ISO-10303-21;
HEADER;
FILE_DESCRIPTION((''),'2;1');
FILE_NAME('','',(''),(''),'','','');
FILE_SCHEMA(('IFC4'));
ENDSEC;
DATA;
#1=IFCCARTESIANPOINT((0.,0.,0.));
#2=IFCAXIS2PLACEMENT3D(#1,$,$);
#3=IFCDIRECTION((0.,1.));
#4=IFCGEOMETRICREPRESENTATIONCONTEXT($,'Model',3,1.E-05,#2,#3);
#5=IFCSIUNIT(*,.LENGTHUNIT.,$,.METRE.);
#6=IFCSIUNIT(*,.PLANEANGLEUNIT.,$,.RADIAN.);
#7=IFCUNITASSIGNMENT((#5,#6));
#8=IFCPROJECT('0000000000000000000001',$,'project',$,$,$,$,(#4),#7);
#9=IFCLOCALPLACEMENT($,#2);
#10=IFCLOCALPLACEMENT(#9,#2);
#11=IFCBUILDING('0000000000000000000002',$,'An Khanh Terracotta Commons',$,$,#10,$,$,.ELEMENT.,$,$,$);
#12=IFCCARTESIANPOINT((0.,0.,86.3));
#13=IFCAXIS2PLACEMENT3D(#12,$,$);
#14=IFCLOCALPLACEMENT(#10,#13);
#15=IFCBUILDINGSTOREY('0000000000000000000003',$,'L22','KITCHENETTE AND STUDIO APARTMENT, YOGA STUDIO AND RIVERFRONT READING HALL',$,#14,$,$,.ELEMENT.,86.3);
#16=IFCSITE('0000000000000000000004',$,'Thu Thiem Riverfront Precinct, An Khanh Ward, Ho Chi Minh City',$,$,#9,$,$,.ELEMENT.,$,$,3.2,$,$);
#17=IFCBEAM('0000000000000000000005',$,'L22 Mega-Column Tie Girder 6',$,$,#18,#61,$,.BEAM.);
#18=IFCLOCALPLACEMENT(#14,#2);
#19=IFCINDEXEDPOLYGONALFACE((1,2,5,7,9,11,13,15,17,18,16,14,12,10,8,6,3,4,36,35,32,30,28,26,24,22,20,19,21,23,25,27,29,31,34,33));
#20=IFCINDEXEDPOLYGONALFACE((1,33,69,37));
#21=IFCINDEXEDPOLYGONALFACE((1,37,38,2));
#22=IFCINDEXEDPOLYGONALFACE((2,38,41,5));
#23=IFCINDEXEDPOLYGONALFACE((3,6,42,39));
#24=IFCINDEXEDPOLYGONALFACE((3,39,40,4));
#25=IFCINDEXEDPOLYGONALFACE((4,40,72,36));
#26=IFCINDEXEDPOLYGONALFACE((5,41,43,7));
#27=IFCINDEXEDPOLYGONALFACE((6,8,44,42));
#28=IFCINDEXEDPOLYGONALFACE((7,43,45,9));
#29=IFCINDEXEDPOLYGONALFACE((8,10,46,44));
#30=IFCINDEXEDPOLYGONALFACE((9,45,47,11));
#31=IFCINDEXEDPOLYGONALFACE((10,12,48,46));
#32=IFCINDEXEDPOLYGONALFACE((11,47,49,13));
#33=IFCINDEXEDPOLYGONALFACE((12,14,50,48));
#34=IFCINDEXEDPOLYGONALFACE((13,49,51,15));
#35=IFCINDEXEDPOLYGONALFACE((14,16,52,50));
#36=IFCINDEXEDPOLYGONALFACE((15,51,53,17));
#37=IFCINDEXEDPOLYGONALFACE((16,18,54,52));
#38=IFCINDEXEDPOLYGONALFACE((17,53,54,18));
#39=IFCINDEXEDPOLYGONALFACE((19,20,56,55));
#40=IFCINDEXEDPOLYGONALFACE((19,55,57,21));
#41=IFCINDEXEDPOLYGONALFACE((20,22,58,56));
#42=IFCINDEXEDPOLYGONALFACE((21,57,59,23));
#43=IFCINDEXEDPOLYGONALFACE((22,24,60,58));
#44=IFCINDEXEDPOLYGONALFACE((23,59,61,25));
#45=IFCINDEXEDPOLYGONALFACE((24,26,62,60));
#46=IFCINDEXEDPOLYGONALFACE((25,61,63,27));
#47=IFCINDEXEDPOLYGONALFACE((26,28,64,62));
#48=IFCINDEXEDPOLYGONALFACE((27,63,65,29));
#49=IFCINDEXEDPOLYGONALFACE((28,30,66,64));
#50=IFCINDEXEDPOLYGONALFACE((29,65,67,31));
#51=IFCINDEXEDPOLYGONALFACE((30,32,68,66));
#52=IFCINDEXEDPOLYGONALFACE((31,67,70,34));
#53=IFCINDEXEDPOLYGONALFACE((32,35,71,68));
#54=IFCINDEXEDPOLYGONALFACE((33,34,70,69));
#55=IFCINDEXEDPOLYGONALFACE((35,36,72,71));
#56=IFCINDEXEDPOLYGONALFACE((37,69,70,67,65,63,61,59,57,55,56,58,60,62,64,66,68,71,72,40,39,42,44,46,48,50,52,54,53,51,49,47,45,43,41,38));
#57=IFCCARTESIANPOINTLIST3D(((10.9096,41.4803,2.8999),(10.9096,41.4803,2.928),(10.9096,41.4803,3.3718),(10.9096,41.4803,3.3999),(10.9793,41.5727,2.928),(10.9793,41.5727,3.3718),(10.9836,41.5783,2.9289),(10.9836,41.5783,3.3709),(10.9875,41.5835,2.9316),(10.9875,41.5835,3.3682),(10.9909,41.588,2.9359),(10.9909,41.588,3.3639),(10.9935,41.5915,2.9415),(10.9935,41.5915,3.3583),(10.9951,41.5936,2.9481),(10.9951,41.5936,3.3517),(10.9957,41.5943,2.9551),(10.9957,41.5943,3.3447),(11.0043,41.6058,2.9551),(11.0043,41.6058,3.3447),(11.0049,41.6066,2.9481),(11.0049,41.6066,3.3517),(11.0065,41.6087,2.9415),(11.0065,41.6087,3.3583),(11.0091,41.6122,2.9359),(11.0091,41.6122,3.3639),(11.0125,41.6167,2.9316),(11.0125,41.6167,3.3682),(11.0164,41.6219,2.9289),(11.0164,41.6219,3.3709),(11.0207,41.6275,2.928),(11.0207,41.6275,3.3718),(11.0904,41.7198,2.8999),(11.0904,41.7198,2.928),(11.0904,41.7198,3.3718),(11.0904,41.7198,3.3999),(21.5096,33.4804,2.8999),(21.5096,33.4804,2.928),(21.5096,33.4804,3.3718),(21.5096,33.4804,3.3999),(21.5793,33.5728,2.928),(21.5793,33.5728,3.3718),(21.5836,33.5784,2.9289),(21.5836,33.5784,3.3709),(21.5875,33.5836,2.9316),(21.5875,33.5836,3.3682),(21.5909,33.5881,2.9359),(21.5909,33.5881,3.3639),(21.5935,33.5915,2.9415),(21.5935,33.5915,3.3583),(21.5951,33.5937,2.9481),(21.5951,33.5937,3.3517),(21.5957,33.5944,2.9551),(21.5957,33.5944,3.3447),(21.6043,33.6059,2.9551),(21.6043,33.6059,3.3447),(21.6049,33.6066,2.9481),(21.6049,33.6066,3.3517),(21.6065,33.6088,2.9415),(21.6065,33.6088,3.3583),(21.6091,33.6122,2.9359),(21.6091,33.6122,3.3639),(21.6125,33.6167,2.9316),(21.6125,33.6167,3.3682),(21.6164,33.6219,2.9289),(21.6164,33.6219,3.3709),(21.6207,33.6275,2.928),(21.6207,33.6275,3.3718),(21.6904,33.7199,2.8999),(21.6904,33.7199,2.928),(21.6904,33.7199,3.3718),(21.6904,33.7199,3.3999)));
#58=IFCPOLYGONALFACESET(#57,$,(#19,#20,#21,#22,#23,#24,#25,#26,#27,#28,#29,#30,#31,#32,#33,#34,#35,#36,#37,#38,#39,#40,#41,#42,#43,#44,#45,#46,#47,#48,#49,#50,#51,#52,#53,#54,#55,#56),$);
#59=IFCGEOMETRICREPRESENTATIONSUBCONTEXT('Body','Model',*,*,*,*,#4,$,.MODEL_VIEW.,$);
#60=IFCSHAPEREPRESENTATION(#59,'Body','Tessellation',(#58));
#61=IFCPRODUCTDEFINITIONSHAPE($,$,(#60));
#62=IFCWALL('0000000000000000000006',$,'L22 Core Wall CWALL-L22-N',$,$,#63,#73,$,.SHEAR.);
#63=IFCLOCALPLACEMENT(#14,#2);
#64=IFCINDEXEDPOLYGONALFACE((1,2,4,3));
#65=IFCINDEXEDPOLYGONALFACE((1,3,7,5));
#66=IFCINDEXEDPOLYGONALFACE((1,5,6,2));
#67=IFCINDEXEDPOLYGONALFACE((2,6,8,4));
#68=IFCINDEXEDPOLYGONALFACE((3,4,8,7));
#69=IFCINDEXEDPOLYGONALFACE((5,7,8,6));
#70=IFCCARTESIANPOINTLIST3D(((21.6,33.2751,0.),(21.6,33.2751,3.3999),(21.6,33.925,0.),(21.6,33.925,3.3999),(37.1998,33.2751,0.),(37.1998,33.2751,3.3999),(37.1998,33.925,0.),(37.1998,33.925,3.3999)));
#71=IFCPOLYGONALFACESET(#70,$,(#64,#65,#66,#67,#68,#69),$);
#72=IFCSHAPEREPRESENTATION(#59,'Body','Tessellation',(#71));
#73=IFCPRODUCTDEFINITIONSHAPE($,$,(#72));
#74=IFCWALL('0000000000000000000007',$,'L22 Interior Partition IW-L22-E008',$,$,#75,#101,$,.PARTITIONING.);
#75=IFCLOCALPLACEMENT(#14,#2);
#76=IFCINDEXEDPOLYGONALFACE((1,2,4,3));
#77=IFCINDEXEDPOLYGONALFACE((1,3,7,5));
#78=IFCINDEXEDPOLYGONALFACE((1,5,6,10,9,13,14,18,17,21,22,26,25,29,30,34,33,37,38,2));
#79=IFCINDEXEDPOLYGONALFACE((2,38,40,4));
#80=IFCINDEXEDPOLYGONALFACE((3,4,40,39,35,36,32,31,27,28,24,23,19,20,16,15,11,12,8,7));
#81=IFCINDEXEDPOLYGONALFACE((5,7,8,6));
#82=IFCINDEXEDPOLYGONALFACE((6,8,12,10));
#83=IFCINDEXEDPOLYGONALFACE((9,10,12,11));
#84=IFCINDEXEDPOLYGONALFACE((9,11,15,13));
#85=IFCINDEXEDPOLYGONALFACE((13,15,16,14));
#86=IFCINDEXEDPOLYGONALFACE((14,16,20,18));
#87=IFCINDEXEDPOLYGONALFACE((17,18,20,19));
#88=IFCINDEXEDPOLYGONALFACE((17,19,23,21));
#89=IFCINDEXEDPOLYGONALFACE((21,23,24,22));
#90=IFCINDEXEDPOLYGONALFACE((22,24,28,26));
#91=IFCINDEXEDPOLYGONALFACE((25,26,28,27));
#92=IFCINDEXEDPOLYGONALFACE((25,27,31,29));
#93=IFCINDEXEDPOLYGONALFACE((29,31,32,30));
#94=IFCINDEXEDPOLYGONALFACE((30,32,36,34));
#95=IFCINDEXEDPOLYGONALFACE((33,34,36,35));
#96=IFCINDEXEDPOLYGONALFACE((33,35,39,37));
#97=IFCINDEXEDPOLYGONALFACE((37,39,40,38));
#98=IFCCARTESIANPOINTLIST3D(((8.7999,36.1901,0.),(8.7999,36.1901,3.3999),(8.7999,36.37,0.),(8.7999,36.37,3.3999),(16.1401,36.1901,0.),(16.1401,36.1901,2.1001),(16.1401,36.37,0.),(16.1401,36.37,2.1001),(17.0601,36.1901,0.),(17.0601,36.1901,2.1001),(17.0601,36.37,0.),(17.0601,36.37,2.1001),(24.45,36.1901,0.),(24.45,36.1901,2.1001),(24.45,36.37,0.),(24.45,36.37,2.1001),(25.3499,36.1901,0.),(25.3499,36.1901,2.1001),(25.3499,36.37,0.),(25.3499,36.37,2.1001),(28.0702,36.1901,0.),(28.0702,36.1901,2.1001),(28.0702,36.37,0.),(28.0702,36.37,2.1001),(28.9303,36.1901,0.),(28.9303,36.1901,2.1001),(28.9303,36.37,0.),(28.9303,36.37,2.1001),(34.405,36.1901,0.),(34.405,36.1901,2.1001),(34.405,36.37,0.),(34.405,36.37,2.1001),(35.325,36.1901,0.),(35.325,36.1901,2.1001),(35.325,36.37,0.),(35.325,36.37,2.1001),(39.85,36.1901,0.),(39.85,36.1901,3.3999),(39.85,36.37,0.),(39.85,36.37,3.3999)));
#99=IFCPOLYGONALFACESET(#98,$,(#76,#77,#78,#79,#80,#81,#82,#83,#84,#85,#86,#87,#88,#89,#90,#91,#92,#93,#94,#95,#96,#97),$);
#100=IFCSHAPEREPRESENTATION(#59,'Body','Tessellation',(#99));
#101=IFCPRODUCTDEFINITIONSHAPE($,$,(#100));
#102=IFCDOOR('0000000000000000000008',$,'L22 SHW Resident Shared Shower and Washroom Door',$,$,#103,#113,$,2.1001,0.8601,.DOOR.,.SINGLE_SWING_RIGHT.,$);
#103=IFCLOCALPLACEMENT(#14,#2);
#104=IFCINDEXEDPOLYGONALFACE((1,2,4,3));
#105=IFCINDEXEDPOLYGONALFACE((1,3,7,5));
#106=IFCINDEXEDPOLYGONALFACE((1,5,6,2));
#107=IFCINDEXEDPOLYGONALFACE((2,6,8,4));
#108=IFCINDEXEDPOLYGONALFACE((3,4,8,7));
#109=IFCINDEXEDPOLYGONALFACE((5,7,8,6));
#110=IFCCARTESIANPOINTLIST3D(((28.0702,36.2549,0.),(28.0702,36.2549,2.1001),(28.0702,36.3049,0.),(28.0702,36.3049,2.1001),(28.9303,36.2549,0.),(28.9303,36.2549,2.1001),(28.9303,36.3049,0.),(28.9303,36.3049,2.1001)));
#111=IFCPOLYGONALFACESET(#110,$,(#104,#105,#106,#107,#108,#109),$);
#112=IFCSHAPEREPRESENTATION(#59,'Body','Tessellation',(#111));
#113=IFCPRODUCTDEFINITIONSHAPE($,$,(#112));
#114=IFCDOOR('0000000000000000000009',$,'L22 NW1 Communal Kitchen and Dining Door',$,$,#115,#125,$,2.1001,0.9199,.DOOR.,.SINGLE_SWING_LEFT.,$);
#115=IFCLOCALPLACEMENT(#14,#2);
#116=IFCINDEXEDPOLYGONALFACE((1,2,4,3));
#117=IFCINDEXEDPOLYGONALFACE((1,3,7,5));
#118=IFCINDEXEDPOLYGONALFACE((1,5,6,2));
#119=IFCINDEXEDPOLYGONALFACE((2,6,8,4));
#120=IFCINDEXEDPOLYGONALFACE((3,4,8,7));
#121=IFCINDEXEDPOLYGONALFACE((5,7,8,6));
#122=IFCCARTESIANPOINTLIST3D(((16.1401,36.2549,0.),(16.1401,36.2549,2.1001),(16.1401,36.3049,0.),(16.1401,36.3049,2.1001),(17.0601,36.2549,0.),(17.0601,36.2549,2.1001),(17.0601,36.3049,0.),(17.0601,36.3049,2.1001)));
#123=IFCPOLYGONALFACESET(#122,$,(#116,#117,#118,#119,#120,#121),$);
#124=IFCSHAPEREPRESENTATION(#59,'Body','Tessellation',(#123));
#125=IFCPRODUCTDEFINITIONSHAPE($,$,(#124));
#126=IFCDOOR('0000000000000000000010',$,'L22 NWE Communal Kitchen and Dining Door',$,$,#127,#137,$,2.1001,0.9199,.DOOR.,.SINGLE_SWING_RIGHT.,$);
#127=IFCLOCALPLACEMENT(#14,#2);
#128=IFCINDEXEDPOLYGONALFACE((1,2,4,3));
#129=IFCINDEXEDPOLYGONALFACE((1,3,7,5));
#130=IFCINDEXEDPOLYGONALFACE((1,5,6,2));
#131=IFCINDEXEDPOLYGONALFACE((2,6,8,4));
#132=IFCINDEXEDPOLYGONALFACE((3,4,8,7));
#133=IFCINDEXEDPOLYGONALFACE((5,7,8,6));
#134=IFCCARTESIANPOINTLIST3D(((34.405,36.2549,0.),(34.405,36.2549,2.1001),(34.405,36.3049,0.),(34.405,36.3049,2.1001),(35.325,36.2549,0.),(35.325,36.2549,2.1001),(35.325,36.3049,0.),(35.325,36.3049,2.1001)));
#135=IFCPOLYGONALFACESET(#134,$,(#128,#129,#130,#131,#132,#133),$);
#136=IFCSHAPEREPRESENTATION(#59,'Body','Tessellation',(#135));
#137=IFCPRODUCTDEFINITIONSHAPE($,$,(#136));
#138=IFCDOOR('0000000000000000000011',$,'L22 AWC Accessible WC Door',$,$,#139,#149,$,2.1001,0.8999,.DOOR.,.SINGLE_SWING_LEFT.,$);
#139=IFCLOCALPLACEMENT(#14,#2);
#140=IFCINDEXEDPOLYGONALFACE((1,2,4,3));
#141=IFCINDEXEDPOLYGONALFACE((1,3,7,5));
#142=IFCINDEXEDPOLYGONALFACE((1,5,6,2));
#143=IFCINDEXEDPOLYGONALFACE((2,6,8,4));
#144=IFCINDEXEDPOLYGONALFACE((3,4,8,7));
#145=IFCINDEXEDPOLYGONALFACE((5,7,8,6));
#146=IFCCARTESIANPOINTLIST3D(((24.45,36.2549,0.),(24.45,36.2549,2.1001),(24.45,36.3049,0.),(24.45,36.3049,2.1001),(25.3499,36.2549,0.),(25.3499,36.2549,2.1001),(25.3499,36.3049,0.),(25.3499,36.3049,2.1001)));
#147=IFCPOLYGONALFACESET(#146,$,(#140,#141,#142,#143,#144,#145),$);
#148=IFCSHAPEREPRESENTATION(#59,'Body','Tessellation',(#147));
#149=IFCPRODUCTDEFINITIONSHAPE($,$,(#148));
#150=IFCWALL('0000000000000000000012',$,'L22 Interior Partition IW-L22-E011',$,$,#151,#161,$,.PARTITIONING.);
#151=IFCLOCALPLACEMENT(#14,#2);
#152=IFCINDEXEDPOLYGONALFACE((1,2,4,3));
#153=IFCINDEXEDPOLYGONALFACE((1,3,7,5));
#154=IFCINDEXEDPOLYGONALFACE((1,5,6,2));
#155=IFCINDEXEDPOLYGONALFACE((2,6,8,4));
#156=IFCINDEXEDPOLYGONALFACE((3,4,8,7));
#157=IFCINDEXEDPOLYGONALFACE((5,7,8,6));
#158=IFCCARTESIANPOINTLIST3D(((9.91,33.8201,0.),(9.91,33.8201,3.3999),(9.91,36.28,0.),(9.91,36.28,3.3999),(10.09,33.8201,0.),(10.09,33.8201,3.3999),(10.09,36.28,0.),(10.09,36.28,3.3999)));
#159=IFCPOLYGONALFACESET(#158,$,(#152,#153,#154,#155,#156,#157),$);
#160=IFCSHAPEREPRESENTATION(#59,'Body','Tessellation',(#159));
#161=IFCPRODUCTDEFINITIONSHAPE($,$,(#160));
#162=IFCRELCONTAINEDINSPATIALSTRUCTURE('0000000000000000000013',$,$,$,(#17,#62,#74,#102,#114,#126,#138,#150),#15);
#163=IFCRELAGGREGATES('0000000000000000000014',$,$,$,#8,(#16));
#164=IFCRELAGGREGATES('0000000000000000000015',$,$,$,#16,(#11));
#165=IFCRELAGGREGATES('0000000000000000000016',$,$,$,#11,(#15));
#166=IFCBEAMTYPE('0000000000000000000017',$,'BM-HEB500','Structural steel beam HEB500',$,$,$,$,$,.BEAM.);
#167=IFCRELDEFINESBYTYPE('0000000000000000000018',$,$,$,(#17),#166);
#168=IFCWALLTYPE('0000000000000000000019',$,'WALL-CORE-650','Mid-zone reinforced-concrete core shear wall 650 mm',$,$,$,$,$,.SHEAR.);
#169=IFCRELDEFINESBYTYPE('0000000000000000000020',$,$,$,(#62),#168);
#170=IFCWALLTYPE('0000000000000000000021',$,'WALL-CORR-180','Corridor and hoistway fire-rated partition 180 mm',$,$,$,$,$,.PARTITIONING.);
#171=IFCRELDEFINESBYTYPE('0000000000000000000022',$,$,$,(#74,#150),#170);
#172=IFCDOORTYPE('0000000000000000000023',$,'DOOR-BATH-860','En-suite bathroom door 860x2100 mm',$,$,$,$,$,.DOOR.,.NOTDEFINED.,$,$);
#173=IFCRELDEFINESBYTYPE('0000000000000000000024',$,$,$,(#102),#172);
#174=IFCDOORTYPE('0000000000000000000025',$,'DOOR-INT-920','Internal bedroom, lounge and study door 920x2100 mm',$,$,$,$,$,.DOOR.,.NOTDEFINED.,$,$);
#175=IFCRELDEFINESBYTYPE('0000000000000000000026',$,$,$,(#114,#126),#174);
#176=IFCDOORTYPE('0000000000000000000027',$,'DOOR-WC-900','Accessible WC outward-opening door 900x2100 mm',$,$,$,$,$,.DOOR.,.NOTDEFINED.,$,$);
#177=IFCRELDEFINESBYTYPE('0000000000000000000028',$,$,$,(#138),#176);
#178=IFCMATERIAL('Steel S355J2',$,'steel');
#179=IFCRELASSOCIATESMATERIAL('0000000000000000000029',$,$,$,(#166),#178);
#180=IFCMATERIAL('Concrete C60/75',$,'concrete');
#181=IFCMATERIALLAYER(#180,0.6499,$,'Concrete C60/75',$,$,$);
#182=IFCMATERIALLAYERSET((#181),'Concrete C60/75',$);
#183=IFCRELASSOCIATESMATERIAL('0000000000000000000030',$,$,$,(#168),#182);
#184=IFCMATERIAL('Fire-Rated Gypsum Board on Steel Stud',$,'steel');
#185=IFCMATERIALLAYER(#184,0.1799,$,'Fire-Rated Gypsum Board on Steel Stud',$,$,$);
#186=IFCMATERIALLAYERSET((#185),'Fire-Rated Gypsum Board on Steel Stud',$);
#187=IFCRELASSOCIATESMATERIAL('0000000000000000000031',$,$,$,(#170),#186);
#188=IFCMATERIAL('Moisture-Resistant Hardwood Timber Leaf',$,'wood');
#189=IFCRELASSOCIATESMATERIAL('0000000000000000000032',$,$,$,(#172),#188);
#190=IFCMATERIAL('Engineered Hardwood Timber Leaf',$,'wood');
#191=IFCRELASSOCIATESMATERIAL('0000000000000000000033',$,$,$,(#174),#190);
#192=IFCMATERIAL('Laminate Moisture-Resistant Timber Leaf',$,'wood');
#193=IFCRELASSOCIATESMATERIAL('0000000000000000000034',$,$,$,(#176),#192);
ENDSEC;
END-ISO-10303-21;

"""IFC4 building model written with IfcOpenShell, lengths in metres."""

from ifc_helpers import new_model, si_unit, direction, frame, frame_2d, origin, origin_2d, place, context, subcontext, project, spatial, rectangle, i_section, extrude, material, layer, layer_set, material_profile, profile_set, type_object, element, fill, save


model = new_model("IFC4")

# Units and contexts
model_context = context("Model", 3, precision=1e-05, world=origin(), true_north=direction((0.0, 1.0)))
body_context = subcontext(model_context, "Body", "Model", "MODEL_VIEW")
ifc_project = project(units=[si_unit("LENGTHUNIT", "METRE"), si_unit("PLANEANGLEUNIT", "RADIAN")], contexts=[model_context])

# Site, building, storey
site_placement = place(None, origin())
site = spatial("IfcSite", under=ifc_project, at=site_placement, Name="Thu Thiem Riverfront Precinct, An Khanh Ward, Ho Chi Minh City", CompositionType="ELEMENT", RefElevation=3.2)
building_placement = place(site_placement, origin())
building = spatial("IfcBuilding", under=site, at=building_placement, Name="An Khanh Terracotta Commons", CompositionType="ELEMENT")
storey_placement = place(building_placement, frame((0.0, 0.0, 86.3)))
storey = spatial("IfcBuildingStorey", under=building, at=storey_placement, Name="L22", Description="KITCHENETTE AND STUDIO APARTMENT, YOGA STUDIO AND RIVERFRONT READING HALL", CompositionType="ELEMENT", Elevation=86.3)

# Beam
ifc_material_1 = material(Name="Steel S355J2", Category="steel")
ifc_material_profile_1 = material_profile(ifc_material_1, i_section(OverallWidth=0.3, OverallDepth=0.5, WebThickness=0.0144, FlangeThickness=0.0281, FilletRadius=0.0271, at=origin_2d()), Name="HEB500")
ifc_profile_set_1 = profile_set([ifc_material_profile_1], Name="Steel S355J2")
beam_type = type_object("IfcBeamType", Name="BM-HEB500", Description="Structural steel beam HEB500", PredefinedType="BEAM", material=ifc_profile_set_1)
beam_1_placement = place(storey_placement, frame((11.0, 41.6001, 3.1499), z_axis=(0.798192, -0.602403, 0.0), x_axis=(0.602403, 0.798192, 0.0)))
element("IfcBeam", 1, at=beam_1_placement, inside=storey, type_object=beam_type, Name="L22 Mega-Column Tie Girder 6", PredefinedType="BEAM", context=body_context, shape_type="SweptSolid", body=[
    extrude(i_section(OverallWidth=0.3, OverallDepth=0.5, WebThickness=0.0144, FlangeThickness=0.0281, FilletRadius=0.0271, at=origin_2d()), origin(), (0.0, 0.0, 1.0), 13.28),
])

# Wall
ifc_material_2 = material(Name="Concrete C60/75", Category="concrete")
ifc_layer_1 = layer(ifc_material_2, 0.6499, Name="Concrete C60/75")
ifc_layer_set_1 = layer_set([ifc_layer_1], Name="Concrete C60/75")
wall_type_1 = type_object("IfcWallType", Name="WALL-CORE-650", Description="Mid-zone reinforced-concrete core shear wall 650 mm", PredefinedType="SHEAR", material=ifc_layer_set_1)
wall_1_placement = place(storey_placement, frame((21.6001, 33.6001, 0.0), z_axis=(0.0, 0.0, 1.0), x_axis=(1.0, 0.0, 0.0)))
element("IfcWall", 2, at=wall_1_placement, inside=storey, type_object=wall_type_1, Name="L22 Core Wall CWALL-L22-N", PredefinedType="SHEAR", context=body_context, shape_type="SweptSolid", body=[
    extrude(rectangle(XDim=15.5999, YDim=0.6499, at=frame_2d((7.7998, 0.0))), origin(), (0.0, 0.0, 1.0), 3.3999),
])

# Wall, openings, doors
ifc_material_3 = material(Name="Fire-Rated Gypsum Board on Steel Stud", Category="steel")
ifc_layer_2 = layer(ifc_material_3, 0.1799, Name="Fire-Rated Gypsum Board on Steel Stud")
ifc_layer_set_2 = layer_set([ifc_layer_2], Name="Fire-Rated Gypsum Board on Steel Stud")
wall_type_2 = type_object("IfcWallType", Name="WALL-CORR-180", Description="Corridor and hoistway fire-rated partition 180 mm", PredefinedType="PARTITIONING", material=ifc_layer_set_2)
wall_2_placement = place(storey_placement, frame((8.8, 36.28, 0.0), z_axis=(0.0, 0.0, 1.0), x_axis=(1.0, 0.0, 0.0)))
wall_2 = element("IfcWall", 3, at=wall_2_placement, inside=storey, type_object=wall_type_2, Name="L22 Interior Partition IW-L22-E008", PredefinedType="PARTITIONING", context=body_context, shape_type="SweptSolid", body=[
    extrude(rectangle(XDim=31.05, YDim=0.1799, at=frame_2d((15.5249, 0.0))), origin(), (0.0, 0.0, 1.0), 3.3999),
])
opening_1_placement = place(wall_2_placement, frame((15.6499, 0.0, 0.0)))
opening_1 = element("IfcOpeningElement", 4, at=opening_1_placement, cuts=wall_2, PredefinedType="OPENING", context=body_context, shape_type="SweptSolid", body=[
    extrude(rectangle(XDim=0.8999, YDim=2.1001, at=frame_2d((0.45, 1.05))), frame((0.0, 0.0999, 0.0), z_axis=(0.0, -1.0, 0.0), x_axis=(1.0, 0.0, 0.0)), (0.0, 0.0, 1.0), 0.2),
])
opening_2_placement = place(wall_2_placement, frame((19.27, 0.0, 0.0)))
opening_2 = element("IfcOpeningElement", 5, at=opening_2_placement, cuts=wall_2, PredefinedType="OPENING", context=body_context, shape_type="SweptSolid", body=[
    extrude(rectangle(XDim=0.8601, YDim=2.1001, at=frame_2d((0.4302, 1.05))), frame((0.0, 0.0999, 0.0), z_axis=(0.0, -1.0, 0.0), x_axis=(1.0, 0.0, 0.0)), (0.0, 0.0, 1.0), 0.2),
])
opening_3_placement = place(wall_2_placement, frame((7.3401, 0.0, 0.0)))
opening_3 = element("IfcOpeningElement", 6, at=opening_3_placement, cuts=wall_2, PredefinedType="OPENING", context=body_context, shape_type="SweptSolid", body=[
    extrude(rectangle(XDim=0.9199, YDim=2.1001, at=frame_2d((0.46, 1.05))), frame((0.0, 0.0999, 0.0), z_axis=(0.0, -1.0, 0.0), x_axis=(1.0, 0.0, 0.0)), (0.0, 0.0, 1.0), 0.2),
])
opening_4_placement = place(wall_2_placement, frame((25.605, 0.0, 0.0)))
opening_4 = element("IfcOpeningElement", 7, at=opening_4_placement, cuts=wall_2, PredefinedType="OPENING", context=body_context, shape_type="SweptSolid", body=[
    extrude(rectangle(XDim=0.9199, YDim=2.1001, at=frame_2d((0.46, 1.05))), frame((0.0, 0.0999, 0.0), z_axis=(0.0, -1.0, 0.0), x_axis=(1.0, 0.0, 0.0)), (0.0, 0.0, 1.0), 0.2),
])
ifc_material_4 = material(Name="Moisture-Resistant Hardwood Timber Leaf", Category="wood")
door_type_1 = type_object("IfcDoorType", Name="DOOR-BATH-860", Description="En-suite bathroom door 860x2100 mm", OperationType="NOTDEFINED", PredefinedType="DOOR", material=ifc_material_4)
door_1_placement = place(opening_2_placement, origin())
door_1 = element("IfcDoor", 8, at=door_1_placement, inside=storey, type_object=door_type_1, Name="L22 SHW Resident Shared Shower and Washroom Door", OperationType="SINGLE_SWING_RIGHT", OverallHeight=2.1001, OverallWidth=0.8601, PredefinedType="DOOR", context=body_context, shape_type="SweptSolid", body=[
    extrude(rectangle(XDim=0.8601, YDim=2.1001, at=frame_2d((0.4302, 1.05))), frame((0.0, 0.0249, 0.0), z_axis=(0.0, -1.0, 0.0), x_axis=(1.0, 0.0, 0.0)), (0.0, 0.0, 1.0), 0.05),
])
fill(opening_2, door_1)
ifc_material_5 = material(Name="Engineered Hardwood Timber Leaf", Category="wood")
door_type_2 = type_object("IfcDoorType", Name="DOOR-INT-920", Description="Internal bedroom, lounge and study door 920x2100 mm", OperationType="NOTDEFINED", PredefinedType="DOOR", material=ifc_material_5)
door_2_placement = place(opening_3_placement, origin())
door_2 = element("IfcDoor", 9, at=door_2_placement, inside=storey, type_object=door_type_2, Name="L22 NW1 Communal Kitchen and Dining Door", OperationType="SINGLE_SWING_LEFT", OverallHeight=2.1001, OverallWidth=0.9199, PredefinedType="DOOR", context=body_context, shape_type="SweptSolid", body=[
    extrude(rectangle(XDim=0.9199, YDim=2.1001, at=frame_2d((0.46, 1.05))), frame((0.0, 0.0249, 0.0), z_axis=(0.0, -1.0, 0.0), x_axis=(1.0, 0.0, 0.0)), (0.0, 0.0, 1.0), 0.05),
])
fill(opening_3, door_2)
door_3_placement = place(opening_4_placement, origin())
door_3 = element("IfcDoor", 10, at=door_3_placement, inside=storey, type_object=door_type_2, Name="L22 NWE Communal Kitchen and Dining Door", OperationType="SINGLE_SWING_RIGHT", OverallHeight=2.1001, OverallWidth=0.9199, PredefinedType="DOOR", context=body_context, shape_type="SweptSolid", body=[
    extrude(rectangle(XDim=0.9199, YDim=2.1001, at=frame_2d((0.46, 1.05))), frame((0.0, 0.0249, 0.0), z_axis=(0.0, -1.0, 0.0), x_axis=(1.0, 0.0, 0.0)), (0.0, 0.0, 1.0), 0.05),
])
fill(opening_4, door_3)
ifc_material_6 = material(Name="Laminate Moisture-Resistant Timber Leaf", Category="wood")
door_type_3 = type_object("IfcDoorType", Name="DOOR-WC-900", Description="Accessible WC outward-opening door 900x2100 mm", OperationType="NOTDEFINED", PredefinedType="DOOR", material=ifc_material_6)
door_4_placement = place(opening_1_placement, origin())
door_4 = element("IfcDoor", 11, at=door_4_placement, inside=storey, type_object=door_type_3, Name="L22 AWC Accessible WC Door", OperationType="SINGLE_SWING_LEFT", OverallHeight=2.1001, OverallWidth=0.8999, PredefinedType="DOOR", context=body_context, shape_type="SweptSolid", body=[
    extrude(rectangle(XDim=0.8999, YDim=2.1001, at=frame_2d((0.45, 1.05))), frame((0.0, 0.0249, 0.0), z_axis=(0.0, -1.0, 0.0), x_axis=(1.0, 0.0, 0.0)), (0.0, 0.0, 1.0), 0.05),
])
fill(opening_1, door_4)

# Wall
wall_3_placement = place(storey_placement, frame((10.0, 33.8201, 0.0), z_axis=(0.0, 0.0, 1.0), x_axis=(0.0, 1.0, 0.0)))
element("IfcWall", 12, at=wall_3_placement, inside=storey, type_object=wall_type_2, Name="L22 Interior Partition IW-L22-E011", PredefinedType="PARTITIONING", context=body_context, shape_type="SweptSolid", body=[
    extrude(rectangle(XDim=2.46, YDim=0.1799, at=frame_2d((1.23, 0.0))), origin(), (0.0, 0.0, 1.0), 3.3999),
])

save(model, "model.ifc")
